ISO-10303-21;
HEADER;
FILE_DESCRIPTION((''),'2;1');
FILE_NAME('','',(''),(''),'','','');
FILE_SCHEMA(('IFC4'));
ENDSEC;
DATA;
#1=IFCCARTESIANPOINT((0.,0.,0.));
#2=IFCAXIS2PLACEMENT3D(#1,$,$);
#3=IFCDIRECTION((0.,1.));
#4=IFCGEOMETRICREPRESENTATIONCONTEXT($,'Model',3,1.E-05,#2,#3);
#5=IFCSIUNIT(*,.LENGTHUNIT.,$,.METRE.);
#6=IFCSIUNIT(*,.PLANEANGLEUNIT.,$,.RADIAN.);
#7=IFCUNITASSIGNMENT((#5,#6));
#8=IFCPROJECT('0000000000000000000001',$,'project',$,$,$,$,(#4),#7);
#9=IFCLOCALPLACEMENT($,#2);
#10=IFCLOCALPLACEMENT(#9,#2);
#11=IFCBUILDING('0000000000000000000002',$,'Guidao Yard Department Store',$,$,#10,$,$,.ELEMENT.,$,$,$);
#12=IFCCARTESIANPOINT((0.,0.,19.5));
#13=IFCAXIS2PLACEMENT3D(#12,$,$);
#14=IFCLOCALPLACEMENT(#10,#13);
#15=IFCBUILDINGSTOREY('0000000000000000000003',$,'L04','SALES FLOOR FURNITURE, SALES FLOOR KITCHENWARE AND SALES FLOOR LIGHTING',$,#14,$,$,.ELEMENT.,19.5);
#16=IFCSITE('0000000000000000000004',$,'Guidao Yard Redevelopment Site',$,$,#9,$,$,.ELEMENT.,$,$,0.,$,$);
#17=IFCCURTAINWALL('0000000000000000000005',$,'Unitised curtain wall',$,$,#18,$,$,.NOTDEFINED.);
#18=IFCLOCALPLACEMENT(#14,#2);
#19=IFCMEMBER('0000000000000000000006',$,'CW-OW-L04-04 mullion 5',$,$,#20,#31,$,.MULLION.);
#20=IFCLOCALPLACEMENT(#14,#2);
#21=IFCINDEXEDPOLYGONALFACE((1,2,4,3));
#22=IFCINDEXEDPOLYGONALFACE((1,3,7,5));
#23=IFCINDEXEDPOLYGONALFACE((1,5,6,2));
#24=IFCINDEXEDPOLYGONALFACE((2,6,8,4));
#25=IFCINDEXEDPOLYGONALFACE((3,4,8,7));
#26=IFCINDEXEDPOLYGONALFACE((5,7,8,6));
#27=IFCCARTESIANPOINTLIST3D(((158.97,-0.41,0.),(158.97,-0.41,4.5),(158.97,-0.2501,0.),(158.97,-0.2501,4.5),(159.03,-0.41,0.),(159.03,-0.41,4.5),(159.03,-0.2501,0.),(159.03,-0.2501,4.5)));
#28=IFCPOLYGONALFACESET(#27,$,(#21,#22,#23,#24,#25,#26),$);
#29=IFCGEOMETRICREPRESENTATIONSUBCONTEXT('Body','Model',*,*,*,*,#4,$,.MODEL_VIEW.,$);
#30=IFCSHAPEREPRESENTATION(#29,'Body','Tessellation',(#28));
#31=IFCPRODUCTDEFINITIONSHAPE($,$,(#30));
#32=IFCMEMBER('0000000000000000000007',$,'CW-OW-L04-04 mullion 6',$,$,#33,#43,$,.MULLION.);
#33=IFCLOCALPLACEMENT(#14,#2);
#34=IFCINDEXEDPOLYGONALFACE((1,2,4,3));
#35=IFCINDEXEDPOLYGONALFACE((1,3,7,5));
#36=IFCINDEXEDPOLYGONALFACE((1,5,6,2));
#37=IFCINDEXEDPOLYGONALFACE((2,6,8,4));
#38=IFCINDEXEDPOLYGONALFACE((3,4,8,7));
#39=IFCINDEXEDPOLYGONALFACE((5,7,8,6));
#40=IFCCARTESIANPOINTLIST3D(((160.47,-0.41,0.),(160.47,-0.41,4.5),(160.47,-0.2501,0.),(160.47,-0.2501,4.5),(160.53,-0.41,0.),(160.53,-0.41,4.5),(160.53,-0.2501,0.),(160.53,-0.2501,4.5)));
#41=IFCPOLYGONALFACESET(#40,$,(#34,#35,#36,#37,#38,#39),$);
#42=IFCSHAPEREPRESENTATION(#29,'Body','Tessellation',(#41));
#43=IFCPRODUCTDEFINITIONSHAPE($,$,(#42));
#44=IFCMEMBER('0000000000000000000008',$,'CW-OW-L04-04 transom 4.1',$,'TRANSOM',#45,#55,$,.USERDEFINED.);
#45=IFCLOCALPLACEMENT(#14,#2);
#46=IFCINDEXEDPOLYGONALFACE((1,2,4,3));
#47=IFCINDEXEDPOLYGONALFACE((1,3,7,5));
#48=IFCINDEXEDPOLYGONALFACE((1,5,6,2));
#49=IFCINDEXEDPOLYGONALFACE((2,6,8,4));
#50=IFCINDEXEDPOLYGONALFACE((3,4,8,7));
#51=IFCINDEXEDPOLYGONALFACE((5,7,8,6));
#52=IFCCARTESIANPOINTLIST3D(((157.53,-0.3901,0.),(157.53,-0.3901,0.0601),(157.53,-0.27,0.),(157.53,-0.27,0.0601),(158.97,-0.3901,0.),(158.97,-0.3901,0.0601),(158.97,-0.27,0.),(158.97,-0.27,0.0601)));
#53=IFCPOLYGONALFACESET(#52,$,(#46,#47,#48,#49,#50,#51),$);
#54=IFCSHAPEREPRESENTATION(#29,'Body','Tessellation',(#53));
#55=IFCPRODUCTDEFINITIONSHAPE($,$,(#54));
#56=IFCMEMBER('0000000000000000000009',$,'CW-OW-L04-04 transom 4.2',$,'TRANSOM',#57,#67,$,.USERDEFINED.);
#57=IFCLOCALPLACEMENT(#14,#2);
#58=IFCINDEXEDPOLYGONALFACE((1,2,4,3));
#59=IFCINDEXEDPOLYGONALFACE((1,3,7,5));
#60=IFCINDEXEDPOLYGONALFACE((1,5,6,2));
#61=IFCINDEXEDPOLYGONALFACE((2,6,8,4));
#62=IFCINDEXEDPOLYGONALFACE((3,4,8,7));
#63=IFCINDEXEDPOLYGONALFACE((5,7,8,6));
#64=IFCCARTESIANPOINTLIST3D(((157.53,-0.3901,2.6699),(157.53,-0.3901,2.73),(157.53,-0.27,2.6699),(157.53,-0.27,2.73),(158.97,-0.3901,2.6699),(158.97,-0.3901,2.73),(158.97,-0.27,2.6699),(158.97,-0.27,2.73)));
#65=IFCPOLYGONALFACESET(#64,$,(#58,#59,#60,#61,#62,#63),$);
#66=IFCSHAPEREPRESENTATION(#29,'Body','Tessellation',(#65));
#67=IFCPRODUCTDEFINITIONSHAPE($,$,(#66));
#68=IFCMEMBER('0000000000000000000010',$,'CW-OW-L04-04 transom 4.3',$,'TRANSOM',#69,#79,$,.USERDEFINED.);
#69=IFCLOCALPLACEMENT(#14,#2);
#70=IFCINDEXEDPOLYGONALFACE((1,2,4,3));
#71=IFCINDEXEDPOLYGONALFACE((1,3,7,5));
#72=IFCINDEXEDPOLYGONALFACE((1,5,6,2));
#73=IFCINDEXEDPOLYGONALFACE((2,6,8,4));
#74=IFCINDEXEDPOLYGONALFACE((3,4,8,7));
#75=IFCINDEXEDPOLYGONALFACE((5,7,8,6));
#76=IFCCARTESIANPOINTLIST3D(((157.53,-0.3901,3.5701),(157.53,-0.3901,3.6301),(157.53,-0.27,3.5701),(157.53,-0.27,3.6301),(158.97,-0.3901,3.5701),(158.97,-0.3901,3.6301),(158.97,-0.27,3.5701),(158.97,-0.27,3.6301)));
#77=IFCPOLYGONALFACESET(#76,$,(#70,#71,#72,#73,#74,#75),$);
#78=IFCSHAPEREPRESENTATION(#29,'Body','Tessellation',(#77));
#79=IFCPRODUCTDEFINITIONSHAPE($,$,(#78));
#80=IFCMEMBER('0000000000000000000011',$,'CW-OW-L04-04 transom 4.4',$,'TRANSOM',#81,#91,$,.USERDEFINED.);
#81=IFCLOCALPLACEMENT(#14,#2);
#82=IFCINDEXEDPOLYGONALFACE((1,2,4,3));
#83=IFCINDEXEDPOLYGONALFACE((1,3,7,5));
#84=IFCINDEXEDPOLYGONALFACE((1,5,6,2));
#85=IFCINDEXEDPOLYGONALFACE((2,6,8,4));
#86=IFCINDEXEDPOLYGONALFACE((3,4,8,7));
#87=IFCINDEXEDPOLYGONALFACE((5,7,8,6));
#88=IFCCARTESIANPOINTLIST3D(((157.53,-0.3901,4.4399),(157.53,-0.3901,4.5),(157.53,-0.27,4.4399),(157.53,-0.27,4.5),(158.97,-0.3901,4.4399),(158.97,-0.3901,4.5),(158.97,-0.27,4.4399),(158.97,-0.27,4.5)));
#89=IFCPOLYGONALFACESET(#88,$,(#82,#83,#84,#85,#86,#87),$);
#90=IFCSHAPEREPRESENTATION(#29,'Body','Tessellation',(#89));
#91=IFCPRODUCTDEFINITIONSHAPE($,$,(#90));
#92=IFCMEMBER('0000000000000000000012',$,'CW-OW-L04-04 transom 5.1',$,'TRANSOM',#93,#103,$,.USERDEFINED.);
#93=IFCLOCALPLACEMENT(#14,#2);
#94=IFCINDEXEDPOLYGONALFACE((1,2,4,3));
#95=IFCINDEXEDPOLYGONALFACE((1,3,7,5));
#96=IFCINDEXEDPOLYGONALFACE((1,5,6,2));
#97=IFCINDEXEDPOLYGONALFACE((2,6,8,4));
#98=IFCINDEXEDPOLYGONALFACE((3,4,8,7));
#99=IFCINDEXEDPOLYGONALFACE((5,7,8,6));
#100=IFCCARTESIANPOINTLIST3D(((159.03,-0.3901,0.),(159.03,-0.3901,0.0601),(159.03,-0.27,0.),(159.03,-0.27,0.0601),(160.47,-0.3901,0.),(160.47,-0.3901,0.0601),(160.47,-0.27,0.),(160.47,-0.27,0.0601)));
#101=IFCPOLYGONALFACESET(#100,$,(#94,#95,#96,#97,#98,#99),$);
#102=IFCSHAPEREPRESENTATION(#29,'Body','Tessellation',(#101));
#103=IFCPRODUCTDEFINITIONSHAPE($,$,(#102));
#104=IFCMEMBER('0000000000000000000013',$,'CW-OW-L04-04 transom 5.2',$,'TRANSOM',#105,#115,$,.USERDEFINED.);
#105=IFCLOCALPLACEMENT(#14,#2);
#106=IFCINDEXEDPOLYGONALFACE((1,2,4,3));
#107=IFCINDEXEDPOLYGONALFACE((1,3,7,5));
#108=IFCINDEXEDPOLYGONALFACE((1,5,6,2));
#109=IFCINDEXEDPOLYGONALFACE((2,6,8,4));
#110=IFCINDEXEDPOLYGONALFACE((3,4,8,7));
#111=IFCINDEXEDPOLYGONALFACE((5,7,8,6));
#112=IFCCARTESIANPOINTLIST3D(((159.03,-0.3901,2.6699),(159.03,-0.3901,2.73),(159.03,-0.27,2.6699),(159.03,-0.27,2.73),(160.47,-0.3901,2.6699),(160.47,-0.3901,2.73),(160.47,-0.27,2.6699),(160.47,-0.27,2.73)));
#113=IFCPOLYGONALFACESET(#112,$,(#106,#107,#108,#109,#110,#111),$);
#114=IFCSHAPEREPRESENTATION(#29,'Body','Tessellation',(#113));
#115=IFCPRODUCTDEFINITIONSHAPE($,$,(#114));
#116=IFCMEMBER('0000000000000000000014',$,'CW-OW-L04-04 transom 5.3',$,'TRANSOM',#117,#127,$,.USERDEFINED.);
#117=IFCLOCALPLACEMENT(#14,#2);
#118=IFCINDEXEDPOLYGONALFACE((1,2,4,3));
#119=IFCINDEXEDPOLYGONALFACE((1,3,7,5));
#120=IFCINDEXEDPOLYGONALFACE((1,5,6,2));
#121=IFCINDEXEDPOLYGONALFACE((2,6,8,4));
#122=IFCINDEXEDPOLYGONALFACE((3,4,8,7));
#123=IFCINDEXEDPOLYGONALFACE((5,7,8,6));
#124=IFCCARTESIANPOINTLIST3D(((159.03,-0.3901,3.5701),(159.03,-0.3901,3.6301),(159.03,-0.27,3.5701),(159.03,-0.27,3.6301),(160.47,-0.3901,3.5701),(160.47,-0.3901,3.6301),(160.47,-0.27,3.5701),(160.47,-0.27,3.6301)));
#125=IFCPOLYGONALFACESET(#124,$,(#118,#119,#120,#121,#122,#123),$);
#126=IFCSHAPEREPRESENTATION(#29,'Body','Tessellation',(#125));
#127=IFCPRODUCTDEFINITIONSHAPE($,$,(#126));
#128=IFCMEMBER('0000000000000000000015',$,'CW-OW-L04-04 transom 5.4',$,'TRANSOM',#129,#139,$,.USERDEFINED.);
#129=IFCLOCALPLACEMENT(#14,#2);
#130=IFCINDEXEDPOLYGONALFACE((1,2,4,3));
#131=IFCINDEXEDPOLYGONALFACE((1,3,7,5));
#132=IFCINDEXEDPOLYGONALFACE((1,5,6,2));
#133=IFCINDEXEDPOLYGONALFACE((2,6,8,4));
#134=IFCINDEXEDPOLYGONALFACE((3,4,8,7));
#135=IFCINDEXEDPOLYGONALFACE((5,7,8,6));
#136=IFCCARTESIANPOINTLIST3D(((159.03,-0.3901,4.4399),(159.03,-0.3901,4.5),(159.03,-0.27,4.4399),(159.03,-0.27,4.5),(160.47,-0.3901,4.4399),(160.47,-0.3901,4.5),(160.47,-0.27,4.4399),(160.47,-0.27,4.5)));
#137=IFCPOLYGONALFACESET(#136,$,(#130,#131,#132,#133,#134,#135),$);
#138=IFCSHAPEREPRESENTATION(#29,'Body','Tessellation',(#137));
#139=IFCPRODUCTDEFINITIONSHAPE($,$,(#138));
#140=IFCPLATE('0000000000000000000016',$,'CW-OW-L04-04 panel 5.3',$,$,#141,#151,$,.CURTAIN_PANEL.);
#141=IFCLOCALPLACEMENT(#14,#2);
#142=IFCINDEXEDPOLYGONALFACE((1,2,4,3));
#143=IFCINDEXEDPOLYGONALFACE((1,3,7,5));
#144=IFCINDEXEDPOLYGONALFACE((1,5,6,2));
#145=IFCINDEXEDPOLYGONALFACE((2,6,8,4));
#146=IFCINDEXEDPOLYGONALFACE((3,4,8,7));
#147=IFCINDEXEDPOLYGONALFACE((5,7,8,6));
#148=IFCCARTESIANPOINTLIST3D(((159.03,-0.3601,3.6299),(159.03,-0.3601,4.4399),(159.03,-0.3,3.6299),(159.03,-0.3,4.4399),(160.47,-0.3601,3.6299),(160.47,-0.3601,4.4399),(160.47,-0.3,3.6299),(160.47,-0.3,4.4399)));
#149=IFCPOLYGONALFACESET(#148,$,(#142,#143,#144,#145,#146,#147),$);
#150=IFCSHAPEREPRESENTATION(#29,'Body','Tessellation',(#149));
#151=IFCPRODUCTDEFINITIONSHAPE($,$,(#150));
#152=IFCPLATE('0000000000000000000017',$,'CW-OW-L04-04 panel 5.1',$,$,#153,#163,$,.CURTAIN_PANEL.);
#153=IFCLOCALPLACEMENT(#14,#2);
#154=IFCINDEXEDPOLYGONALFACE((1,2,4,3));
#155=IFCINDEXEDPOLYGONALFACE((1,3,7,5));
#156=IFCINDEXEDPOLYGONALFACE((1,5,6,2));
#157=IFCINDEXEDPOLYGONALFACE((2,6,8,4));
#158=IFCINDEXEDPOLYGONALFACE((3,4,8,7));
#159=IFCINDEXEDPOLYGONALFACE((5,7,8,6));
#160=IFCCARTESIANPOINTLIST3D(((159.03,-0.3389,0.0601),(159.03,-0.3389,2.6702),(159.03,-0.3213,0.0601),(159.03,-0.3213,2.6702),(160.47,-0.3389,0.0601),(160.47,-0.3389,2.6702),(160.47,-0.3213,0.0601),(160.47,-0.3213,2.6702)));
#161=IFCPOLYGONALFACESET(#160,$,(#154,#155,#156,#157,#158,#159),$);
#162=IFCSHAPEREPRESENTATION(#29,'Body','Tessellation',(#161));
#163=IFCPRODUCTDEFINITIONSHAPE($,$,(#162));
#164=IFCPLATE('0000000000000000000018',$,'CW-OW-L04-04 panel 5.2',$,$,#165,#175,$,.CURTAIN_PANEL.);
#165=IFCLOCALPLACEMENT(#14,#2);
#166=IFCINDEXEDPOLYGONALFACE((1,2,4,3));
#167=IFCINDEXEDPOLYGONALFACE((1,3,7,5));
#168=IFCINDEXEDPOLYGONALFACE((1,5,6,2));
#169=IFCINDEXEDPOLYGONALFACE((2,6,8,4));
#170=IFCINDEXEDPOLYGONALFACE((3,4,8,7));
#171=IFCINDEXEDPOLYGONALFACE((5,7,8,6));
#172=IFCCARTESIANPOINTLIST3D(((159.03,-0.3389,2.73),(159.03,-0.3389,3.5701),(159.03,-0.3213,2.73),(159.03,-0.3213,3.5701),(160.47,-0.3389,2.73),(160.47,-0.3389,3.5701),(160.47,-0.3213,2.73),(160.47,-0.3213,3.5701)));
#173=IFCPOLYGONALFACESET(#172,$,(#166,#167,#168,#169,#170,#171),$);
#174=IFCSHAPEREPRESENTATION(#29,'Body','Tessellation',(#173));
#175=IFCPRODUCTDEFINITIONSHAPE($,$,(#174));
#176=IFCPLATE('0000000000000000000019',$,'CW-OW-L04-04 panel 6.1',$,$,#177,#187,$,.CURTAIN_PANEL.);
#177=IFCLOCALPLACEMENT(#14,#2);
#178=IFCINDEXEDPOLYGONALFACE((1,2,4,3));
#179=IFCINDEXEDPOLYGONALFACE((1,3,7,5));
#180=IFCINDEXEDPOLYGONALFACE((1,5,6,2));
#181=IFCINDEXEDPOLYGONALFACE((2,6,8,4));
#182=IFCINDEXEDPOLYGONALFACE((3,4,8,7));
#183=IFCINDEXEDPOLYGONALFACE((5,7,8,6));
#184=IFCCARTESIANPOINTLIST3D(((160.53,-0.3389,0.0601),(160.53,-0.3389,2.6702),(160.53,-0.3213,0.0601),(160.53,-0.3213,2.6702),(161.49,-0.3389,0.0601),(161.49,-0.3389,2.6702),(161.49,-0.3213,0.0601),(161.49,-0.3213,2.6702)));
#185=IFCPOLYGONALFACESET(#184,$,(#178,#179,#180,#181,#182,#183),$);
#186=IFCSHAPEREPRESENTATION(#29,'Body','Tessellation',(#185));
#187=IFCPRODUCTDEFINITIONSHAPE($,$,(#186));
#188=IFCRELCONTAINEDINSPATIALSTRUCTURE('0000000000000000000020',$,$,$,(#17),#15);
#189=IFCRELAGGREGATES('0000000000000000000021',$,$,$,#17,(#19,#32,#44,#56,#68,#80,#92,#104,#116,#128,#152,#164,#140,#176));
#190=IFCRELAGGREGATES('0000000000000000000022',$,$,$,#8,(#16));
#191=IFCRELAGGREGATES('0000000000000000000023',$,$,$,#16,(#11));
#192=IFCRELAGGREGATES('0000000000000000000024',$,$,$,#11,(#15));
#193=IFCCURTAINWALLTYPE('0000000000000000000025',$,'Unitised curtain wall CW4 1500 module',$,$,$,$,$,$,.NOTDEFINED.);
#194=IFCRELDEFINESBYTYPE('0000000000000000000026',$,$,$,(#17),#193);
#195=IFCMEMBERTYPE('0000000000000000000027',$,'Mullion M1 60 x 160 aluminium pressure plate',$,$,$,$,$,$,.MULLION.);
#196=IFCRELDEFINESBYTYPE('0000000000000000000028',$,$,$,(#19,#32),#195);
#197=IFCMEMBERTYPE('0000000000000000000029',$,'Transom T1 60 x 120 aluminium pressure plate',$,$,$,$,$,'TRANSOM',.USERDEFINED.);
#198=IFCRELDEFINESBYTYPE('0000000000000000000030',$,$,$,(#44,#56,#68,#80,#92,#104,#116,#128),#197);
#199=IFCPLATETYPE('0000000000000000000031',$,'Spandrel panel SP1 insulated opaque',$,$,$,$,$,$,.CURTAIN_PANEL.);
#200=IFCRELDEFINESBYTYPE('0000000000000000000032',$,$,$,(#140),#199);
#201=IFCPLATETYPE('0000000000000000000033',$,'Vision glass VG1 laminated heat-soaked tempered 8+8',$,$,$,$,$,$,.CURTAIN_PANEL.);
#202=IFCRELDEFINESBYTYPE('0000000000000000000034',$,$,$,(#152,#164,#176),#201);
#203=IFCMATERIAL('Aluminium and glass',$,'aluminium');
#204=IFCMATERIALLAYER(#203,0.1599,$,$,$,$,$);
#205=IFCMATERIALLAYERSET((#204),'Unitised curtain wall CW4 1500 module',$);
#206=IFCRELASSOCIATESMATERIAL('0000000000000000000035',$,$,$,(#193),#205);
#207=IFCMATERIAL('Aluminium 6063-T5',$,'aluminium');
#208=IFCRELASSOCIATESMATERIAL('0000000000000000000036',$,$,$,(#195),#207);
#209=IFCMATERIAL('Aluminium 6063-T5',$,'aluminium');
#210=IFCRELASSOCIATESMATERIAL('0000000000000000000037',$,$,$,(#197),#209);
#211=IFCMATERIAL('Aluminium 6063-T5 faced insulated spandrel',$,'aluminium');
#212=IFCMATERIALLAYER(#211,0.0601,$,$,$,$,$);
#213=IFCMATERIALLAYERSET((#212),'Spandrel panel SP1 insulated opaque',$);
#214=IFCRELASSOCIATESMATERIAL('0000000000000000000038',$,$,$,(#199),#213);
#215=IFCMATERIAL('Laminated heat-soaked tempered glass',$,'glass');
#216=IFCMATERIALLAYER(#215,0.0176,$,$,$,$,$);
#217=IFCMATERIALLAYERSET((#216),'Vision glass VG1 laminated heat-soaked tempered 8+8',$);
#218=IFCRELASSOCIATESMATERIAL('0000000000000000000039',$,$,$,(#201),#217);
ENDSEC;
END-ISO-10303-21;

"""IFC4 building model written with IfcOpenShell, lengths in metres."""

from ifc_helpers import new_model, si_unit, direction, frame, origin, origin_2d, place, context, subcontext, project, spatial, rectangle, extrude, material, layer, layer_set, material_profile, profile_set, type_object, element, aggregate, save


model = new_model("IFC4")

# Units and contexts
model_context = context("Model", 3, precision=1e-05, world=origin(), true_north=direction((0.0, 1.0)))
body_context = subcontext(model_context, "Body", "Model", "MODEL_VIEW")
ifc_project = project(units=[si_unit("LENGTHUNIT", "METRE"), si_unit("PLANEANGLEUNIT", "RADIAN")], contexts=[model_context])

# Site, building, storey
site_placement = place(None, origin())
site = spatial("IfcSite", under=ifc_project, at=site_placement, Name="Guidao Yard Redevelopment Site", CompositionType="ELEMENT", RefElevation=0.0)
building_placement = place(site_placement, origin())
building = spatial("IfcBuilding", under=site, at=building_placement, Name="Guidao Yard Department Store", CompositionType="ELEMENT")
storey_placement = place(building_placement, frame((0.0, 0.0, 19.5)))
storey = spatial("IfcBuildingStorey", under=building, at=storey_placement, Name="L04", Description="SALES FLOOR FURNITURE, SALES FLOOR KITCHENWARE AND SALES FLOOR LIGHTING", CompositionType="ELEMENT", Elevation=19.5)

# Curtain wall, members, plates
ifc_material_1 = material(Name="Aluminium and glass", Category="aluminium")
ifc_layer_1 = layer(ifc_material_1, 0.1599)
ifc_layer_set_1 = layer_set([ifc_layer_1], Name="Unitised curtain wall CW4 1500 module")
curtain_wall_type = type_object("IfcCurtainWallType", Name="Unitised curtain wall CW4 1500 module", PredefinedType="NOTDEFINED", material=ifc_layer_set_1)
curtain_wall_placement = place(storey_placement, origin())
curtain_wall = element("IfcCurtainWall", 1, at=curtain_wall_placement, inside=storey, type_object=curtain_wall_type, Name="Unitised curtain wall", PredefinedType="NOTDEFINED")
ifc_material_2 = material(Name="Aluminium 6063-T5", Category="aluminium")
ifc_material_profile_1 = material_profile(ifc_material_2, rectangle(XDim=0.0601, YDim=0.1599, at=origin_2d()), Name="Mullion M1 60 x 160 aluminium pressure plate")
ifc_profile_set_1 = profile_set([ifc_material_profile_1], Name="Aluminium 6063-T5")
member_type_1 = type_object("IfcMemberType", Name="Mullion M1 60 x 160 aluminium pressure plate", PredefinedType="MULLION", material=ifc_profile_set_1)
member_1_placement = place(storey_placement, frame((159.0, -0.3301, 0.0), z_axis=(0.0, 0.0, 1.0), x_axis=(-1.0, 0.0, 0.0)))
member_1 = element("IfcMember", 2, at=member_1_placement, type_object=member_type_1, Name="CW-OW-L04-04 mullion 5", PredefinedType="MULLION", context=body_context, shape_type="SweptSolid", body=[
    extrude(rectangle(XDim=0.0601, YDim=0.1599, at=origin_2d()), origin(), (0.0, 0.0, 1.0), 4.5),
])
member_2_placement = place(storey_placement, frame((160.5, -0.3301, 0.0), z_axis=(0.0, 0.0, 1.0), x_axis=(-1.0, 0.0, 0.0)))
member_2 = element("IfcMember", 3, at=member_2_placement, type_object=member_type_1, Name="CW-OW-L04-04 mullion 6", PredefinedType="MULLION", context=body_context, shape_type="SweptSolid", body=[
    extrude(rectangle(XDim=0.0601, YDim=0.1599, at=origin_2d()), origin(), (0.0, 0.0, 1.0), 4.5),
])
ifc_material_3 = material(Name="Aluminium 6063-T5", Category="aluminium")
ifc_material_profile_2 = material_profile(ifc_material_3, rectangle(XDim=0.1201, YDim=0.0601, at=origin_2d()), Name="Transom T1 60 x 120 aluminium pressure plate")
ifc_profile_set_2 = profile_set([ifc_material_profile_2], Name="Aluminium 6063-T5")
member_type_2 = type_object("IfcMemberType", Name="Transom T1 60 x 120 aluminium pressure plate", ElementType="TRANSOM", PredefinedType="USERDEFINED", material=ifc_profile_set_2)
member_3_placement = place(storey_placement, frame((158.97, -0.3301, 0.03), z_axis=(-1.0, 0.0, 0.0), x_axis=(0.0, -1.0, 0.0)))
member_3 = element("IfcMember", 4, at=member_3_placement, type_object=member_type_2, Name="CW-OW-L04-04 transom 4.1", ObjectType="TRANSOM", PredefinedType="USERDEFINED", context=body_context, shape_type="SweptSolid", body=[
    extrude(rectangle(XDim=0.1201, YDim=0.0601, at=origin_2d()), origin(), (0.0, 0.0, 1.0), 1.4399),
])
member_4_placement = place(storey_placement, frame((158.97, -0.3301, 2.7), z_axis=(-1.0, 0.0, 0.0), x_axis=(0.0, -1.0, 0.0)))
member_4 = element("IfcMember", 5, at=member_4_placement, type_object=member_type_2, Name="CW-OW-L04-04 transom 4.2", ObjectType="TRANSOM", PredefinedType="USERDEFINED", context=body_context, shape_type="SweptSolid", body=[
    extrude(rectangle(XDim=0.1201, YDim=0.0601, at=origin_2d()), origin(), (0.0, 0.0, 1.0), 1.4399),
])
member_5_placement = place(storey_placement, frame((158.97, -0.3301, 3.6001), z_axis=(-1.0, 0.0, 0.0), x_axis=(0.0, -1.0, 0.0)))
member_5 = element("IfcMember", 6, at=member_5_placement, type_object=member_type_2, Name="CW-OW-L04-04 transom 4.3", ObjectType="TRANSOM", PredefinedType="USERDEFINED", context=body_context, shape_type="SweptSolid", body=[
    extrude(rectangle(XDim=0.1201, YDim=0.0601, at=origin_2d()), origin(), (0.0, 0.0, 1.0), 1.4399),
])
member_6_placement = place(storey_placement, frame((158.97, -0.3301, 4.47), z_axis=(-1.0, 0.0, 0.0), x_axis=(0.0, -1.0, 0.0)))
member_6 = element("IfcMember", 7, at=member_6_placement, type_object=member_type_2, Name="CW-OW-L04-04 transom 4.4", ObjectType="TRANSOM", PredefinedType="USERDEFINED", context=body_context, shape_type="SweptSolid", body=[
    extrude(rectangle(XDim=0.1201, YDim=0.0601, at=origin_2d()), origin(), (0.0, 0.0, 1.0), 1.4399),
])
member_7_placement = place(storey_placement, frame((160.47, -0.3301, 0.03), z_axis=(-1.0, 0.0, 0.0), x_axis=(0.0, -1.0, 0.0)))
member_7 = element("IfcMember", 8, at=member_7_placement, type_object=member_type_2, Name="CW-OW-L04-04 transom 5.1", ObjectType="TRANSOM", PredefinedType="USERDEFINED", context=body_context, shape_type="SweptSolid", body=[
    extrude(rectangle(XDim=0.1201, YDim=0.0601, at=origin_2d()), origin(), (0.0, 0.0, 1.0), 1.4399),
])
member_8_placement = place(storey_placement, frame((160.47, -0.3301, 2.7), z_axis=(-1.0, 0.0, 0.0), x_axis=(0.0, -1.0, 0.0)))
member_8 = element("IfcMember", 9, at=member_8_placement, type_object=member_type_2, Name="CW-OW-L04-04 transom 5.2", ObjectType="TRANSOM", PredefinedType="USERDEFINED", context=body_context, shape_type="SweptSolid", body=[
    extrude(rectangle(XDim=0.1201, YDim=0.0601, at=origin_2d()), origin(), (0.0, 0.0, 1.0), 1.4399),
])
member_9_placement = place(storey_placement, frame((160.47, -0.3301, 3.6001), z_axis=(-1.0, 0.0, 0.0), x_axis=(0.0, -1.0, 0.0)))
member_9 = element("IfcMember", 10, at=member_9_placement, type_object=member_type_2, Name="CW-OW-L04-04 transom 5.3", ObjectType="TRANSOM", PredefinedType="USERDEFINED", context=body_context, shape_type="SweptSolid", body=[
    extrude(rectangle(XDim=0.1201, YDim=0.0601, at=origin_2d()), origin(), (0.0, 0.0, 1.0), 1.4399),
])
member_10_placement = place(storey_placement, frame((160.47, -0.3301, 4.47), z_axis=(-1.0, 0.0, 0.0), x_axis=(0.0, -1.0, 0.0)))
member_10 = element("IfcMember", 11, at=member_10_placement, type_object=member_type_2, Name="CW-OW-L04-04 transom 5.4", ObjectType="TRANSOM", PredefinedType="USERDEFINED", context=body_context, shape_type="SweptSolid", body=[
    extrude(rectangle(XDim=0.1201, YDim=0.0601, at=origin_2d()), origin(), (0.0, 0.0, 1.0), 1.4399),
])
ifc_material_4 = material(Name="Aluminium 6063-T5 faced insulated spandrel", Category="aluminium")
ifc_layer_2 = layer(ifc_material_4, 0.0601)
ifc_layer_set_2 = layer_set([ifc_layer_2], Name="Spandrel panel SP1 insulated opaque")
plate_type_1 = type_object("IfcPlateType", Name="Spandrel panel SP1 insulated opaque", PredefinedType="CURTAIN_PANEL", material=ifc_layer_set_2)
plate_1_placement = place(storey_placement, frame((159.75, -0.3301, 3.6299), z_axis=(0.0, 0.0, 1.0), x_axis=(-1.0, 0.0, 0.0)))
plate_1 = element("IfcPlate", 12, at=plate_1_placement, type_object=plate_type_1, Name="CW-OW-L04-04 panel 5.3", PredefinedType="CURTAIN_PANEL", context=body_context, shape_type="SweptSolid", body=[
    extrude(rectangle(XDim=1.4399, YDim=0.0601, at=origin_2d()), origin(), (0.0, 0.0, 1.0), 0.8101),
])
ifc_material_5 = material(Name="Laminated heat-soaked tempered glass", Category="glass")
ifc_layer_3 = layer(ifc_material_5, 0.0176)
ifc_layer_set_3 = layer_set([ifc_layer_3], Name="Vision glass VG1 laminated heat-soaked tempered 8+8")
plate_type_2 = type_object("IfcPlateType", Name="Vision glass VG1 laminated heat-soaked tempered 8+8", PredefinedType="CURTAIN_PANEL", material=ifc_layer_set_3)
plate_2_placement = place(storey_placement, frame((159.75, -0.3301, 0.0601), z_axis=(0.0, 0.0, 1.0), x_axis=(-1.0, 0.0, 0.0)))
plate_2 = element("IfcPlate", 13, at=plate_2_placement, type_object=plate_type_2, Name="CW-OW-L04-04 panel 5.1", PredefinedType="CURTAIN_PANEL", context=body_context, shape_type="SweptSolid", body=[
    extrude(rectangle(XDim=1.4399, YDim=0.0176, at=origin_2d()), origin(), (0.0, 0.0, 1.0), 2.6101),
])
plate_3_placement = place(storey_placement, frame((159.75, -0.3301, 2.73), z_axis=(0.0, 0.0, 1.0), x_axis=(-1.0, 0.0, 0.0)))
plate_3 = element("IfcPlate", 14, at=plate_3_placement, type_object=plate_type_2, Name="CW-OW-L04-04 panel 5.2", PredefinedType="CURTAIN_PANEL", context=body_context, shape_type="SweptSolid", body=[
    extrude(rectangle(XDim=1.4399, YDim=0.0176, at=origin_2d()), origin(), (0.0, 0.0, 1.0), 0.8401),
])
plate_4_placement = place(storey_placement, frame((161.01, -0.3301, 0.0601), z_axis=(0.0, 0.0, 1.0), x_axis=(-1.0, 0.0, 0.0)))
plate_4 = element("IfcPlate", 15, at=plate_4_placement, type_object=plate_type_2, Name="CW-OW-L04-04 panel 6.1", PredefinedType="CURTAIN_PANEL", context=body_context, shape_type="SweptSolid", body=[
    extrude(rectangle(XDim=0.96, YDim=0.0176, at=origin_2d()), origin(), (0.0, 0.0, 1.0), 2.6101),
])
aggregate(curtain_wall, [member_1, member_2, member_3, member_4, member_5, member_6, member_7, member_8, member_9, member_10, plate_2, plate_3, plate_1, plate_4])

save(model, "model.ifc")
